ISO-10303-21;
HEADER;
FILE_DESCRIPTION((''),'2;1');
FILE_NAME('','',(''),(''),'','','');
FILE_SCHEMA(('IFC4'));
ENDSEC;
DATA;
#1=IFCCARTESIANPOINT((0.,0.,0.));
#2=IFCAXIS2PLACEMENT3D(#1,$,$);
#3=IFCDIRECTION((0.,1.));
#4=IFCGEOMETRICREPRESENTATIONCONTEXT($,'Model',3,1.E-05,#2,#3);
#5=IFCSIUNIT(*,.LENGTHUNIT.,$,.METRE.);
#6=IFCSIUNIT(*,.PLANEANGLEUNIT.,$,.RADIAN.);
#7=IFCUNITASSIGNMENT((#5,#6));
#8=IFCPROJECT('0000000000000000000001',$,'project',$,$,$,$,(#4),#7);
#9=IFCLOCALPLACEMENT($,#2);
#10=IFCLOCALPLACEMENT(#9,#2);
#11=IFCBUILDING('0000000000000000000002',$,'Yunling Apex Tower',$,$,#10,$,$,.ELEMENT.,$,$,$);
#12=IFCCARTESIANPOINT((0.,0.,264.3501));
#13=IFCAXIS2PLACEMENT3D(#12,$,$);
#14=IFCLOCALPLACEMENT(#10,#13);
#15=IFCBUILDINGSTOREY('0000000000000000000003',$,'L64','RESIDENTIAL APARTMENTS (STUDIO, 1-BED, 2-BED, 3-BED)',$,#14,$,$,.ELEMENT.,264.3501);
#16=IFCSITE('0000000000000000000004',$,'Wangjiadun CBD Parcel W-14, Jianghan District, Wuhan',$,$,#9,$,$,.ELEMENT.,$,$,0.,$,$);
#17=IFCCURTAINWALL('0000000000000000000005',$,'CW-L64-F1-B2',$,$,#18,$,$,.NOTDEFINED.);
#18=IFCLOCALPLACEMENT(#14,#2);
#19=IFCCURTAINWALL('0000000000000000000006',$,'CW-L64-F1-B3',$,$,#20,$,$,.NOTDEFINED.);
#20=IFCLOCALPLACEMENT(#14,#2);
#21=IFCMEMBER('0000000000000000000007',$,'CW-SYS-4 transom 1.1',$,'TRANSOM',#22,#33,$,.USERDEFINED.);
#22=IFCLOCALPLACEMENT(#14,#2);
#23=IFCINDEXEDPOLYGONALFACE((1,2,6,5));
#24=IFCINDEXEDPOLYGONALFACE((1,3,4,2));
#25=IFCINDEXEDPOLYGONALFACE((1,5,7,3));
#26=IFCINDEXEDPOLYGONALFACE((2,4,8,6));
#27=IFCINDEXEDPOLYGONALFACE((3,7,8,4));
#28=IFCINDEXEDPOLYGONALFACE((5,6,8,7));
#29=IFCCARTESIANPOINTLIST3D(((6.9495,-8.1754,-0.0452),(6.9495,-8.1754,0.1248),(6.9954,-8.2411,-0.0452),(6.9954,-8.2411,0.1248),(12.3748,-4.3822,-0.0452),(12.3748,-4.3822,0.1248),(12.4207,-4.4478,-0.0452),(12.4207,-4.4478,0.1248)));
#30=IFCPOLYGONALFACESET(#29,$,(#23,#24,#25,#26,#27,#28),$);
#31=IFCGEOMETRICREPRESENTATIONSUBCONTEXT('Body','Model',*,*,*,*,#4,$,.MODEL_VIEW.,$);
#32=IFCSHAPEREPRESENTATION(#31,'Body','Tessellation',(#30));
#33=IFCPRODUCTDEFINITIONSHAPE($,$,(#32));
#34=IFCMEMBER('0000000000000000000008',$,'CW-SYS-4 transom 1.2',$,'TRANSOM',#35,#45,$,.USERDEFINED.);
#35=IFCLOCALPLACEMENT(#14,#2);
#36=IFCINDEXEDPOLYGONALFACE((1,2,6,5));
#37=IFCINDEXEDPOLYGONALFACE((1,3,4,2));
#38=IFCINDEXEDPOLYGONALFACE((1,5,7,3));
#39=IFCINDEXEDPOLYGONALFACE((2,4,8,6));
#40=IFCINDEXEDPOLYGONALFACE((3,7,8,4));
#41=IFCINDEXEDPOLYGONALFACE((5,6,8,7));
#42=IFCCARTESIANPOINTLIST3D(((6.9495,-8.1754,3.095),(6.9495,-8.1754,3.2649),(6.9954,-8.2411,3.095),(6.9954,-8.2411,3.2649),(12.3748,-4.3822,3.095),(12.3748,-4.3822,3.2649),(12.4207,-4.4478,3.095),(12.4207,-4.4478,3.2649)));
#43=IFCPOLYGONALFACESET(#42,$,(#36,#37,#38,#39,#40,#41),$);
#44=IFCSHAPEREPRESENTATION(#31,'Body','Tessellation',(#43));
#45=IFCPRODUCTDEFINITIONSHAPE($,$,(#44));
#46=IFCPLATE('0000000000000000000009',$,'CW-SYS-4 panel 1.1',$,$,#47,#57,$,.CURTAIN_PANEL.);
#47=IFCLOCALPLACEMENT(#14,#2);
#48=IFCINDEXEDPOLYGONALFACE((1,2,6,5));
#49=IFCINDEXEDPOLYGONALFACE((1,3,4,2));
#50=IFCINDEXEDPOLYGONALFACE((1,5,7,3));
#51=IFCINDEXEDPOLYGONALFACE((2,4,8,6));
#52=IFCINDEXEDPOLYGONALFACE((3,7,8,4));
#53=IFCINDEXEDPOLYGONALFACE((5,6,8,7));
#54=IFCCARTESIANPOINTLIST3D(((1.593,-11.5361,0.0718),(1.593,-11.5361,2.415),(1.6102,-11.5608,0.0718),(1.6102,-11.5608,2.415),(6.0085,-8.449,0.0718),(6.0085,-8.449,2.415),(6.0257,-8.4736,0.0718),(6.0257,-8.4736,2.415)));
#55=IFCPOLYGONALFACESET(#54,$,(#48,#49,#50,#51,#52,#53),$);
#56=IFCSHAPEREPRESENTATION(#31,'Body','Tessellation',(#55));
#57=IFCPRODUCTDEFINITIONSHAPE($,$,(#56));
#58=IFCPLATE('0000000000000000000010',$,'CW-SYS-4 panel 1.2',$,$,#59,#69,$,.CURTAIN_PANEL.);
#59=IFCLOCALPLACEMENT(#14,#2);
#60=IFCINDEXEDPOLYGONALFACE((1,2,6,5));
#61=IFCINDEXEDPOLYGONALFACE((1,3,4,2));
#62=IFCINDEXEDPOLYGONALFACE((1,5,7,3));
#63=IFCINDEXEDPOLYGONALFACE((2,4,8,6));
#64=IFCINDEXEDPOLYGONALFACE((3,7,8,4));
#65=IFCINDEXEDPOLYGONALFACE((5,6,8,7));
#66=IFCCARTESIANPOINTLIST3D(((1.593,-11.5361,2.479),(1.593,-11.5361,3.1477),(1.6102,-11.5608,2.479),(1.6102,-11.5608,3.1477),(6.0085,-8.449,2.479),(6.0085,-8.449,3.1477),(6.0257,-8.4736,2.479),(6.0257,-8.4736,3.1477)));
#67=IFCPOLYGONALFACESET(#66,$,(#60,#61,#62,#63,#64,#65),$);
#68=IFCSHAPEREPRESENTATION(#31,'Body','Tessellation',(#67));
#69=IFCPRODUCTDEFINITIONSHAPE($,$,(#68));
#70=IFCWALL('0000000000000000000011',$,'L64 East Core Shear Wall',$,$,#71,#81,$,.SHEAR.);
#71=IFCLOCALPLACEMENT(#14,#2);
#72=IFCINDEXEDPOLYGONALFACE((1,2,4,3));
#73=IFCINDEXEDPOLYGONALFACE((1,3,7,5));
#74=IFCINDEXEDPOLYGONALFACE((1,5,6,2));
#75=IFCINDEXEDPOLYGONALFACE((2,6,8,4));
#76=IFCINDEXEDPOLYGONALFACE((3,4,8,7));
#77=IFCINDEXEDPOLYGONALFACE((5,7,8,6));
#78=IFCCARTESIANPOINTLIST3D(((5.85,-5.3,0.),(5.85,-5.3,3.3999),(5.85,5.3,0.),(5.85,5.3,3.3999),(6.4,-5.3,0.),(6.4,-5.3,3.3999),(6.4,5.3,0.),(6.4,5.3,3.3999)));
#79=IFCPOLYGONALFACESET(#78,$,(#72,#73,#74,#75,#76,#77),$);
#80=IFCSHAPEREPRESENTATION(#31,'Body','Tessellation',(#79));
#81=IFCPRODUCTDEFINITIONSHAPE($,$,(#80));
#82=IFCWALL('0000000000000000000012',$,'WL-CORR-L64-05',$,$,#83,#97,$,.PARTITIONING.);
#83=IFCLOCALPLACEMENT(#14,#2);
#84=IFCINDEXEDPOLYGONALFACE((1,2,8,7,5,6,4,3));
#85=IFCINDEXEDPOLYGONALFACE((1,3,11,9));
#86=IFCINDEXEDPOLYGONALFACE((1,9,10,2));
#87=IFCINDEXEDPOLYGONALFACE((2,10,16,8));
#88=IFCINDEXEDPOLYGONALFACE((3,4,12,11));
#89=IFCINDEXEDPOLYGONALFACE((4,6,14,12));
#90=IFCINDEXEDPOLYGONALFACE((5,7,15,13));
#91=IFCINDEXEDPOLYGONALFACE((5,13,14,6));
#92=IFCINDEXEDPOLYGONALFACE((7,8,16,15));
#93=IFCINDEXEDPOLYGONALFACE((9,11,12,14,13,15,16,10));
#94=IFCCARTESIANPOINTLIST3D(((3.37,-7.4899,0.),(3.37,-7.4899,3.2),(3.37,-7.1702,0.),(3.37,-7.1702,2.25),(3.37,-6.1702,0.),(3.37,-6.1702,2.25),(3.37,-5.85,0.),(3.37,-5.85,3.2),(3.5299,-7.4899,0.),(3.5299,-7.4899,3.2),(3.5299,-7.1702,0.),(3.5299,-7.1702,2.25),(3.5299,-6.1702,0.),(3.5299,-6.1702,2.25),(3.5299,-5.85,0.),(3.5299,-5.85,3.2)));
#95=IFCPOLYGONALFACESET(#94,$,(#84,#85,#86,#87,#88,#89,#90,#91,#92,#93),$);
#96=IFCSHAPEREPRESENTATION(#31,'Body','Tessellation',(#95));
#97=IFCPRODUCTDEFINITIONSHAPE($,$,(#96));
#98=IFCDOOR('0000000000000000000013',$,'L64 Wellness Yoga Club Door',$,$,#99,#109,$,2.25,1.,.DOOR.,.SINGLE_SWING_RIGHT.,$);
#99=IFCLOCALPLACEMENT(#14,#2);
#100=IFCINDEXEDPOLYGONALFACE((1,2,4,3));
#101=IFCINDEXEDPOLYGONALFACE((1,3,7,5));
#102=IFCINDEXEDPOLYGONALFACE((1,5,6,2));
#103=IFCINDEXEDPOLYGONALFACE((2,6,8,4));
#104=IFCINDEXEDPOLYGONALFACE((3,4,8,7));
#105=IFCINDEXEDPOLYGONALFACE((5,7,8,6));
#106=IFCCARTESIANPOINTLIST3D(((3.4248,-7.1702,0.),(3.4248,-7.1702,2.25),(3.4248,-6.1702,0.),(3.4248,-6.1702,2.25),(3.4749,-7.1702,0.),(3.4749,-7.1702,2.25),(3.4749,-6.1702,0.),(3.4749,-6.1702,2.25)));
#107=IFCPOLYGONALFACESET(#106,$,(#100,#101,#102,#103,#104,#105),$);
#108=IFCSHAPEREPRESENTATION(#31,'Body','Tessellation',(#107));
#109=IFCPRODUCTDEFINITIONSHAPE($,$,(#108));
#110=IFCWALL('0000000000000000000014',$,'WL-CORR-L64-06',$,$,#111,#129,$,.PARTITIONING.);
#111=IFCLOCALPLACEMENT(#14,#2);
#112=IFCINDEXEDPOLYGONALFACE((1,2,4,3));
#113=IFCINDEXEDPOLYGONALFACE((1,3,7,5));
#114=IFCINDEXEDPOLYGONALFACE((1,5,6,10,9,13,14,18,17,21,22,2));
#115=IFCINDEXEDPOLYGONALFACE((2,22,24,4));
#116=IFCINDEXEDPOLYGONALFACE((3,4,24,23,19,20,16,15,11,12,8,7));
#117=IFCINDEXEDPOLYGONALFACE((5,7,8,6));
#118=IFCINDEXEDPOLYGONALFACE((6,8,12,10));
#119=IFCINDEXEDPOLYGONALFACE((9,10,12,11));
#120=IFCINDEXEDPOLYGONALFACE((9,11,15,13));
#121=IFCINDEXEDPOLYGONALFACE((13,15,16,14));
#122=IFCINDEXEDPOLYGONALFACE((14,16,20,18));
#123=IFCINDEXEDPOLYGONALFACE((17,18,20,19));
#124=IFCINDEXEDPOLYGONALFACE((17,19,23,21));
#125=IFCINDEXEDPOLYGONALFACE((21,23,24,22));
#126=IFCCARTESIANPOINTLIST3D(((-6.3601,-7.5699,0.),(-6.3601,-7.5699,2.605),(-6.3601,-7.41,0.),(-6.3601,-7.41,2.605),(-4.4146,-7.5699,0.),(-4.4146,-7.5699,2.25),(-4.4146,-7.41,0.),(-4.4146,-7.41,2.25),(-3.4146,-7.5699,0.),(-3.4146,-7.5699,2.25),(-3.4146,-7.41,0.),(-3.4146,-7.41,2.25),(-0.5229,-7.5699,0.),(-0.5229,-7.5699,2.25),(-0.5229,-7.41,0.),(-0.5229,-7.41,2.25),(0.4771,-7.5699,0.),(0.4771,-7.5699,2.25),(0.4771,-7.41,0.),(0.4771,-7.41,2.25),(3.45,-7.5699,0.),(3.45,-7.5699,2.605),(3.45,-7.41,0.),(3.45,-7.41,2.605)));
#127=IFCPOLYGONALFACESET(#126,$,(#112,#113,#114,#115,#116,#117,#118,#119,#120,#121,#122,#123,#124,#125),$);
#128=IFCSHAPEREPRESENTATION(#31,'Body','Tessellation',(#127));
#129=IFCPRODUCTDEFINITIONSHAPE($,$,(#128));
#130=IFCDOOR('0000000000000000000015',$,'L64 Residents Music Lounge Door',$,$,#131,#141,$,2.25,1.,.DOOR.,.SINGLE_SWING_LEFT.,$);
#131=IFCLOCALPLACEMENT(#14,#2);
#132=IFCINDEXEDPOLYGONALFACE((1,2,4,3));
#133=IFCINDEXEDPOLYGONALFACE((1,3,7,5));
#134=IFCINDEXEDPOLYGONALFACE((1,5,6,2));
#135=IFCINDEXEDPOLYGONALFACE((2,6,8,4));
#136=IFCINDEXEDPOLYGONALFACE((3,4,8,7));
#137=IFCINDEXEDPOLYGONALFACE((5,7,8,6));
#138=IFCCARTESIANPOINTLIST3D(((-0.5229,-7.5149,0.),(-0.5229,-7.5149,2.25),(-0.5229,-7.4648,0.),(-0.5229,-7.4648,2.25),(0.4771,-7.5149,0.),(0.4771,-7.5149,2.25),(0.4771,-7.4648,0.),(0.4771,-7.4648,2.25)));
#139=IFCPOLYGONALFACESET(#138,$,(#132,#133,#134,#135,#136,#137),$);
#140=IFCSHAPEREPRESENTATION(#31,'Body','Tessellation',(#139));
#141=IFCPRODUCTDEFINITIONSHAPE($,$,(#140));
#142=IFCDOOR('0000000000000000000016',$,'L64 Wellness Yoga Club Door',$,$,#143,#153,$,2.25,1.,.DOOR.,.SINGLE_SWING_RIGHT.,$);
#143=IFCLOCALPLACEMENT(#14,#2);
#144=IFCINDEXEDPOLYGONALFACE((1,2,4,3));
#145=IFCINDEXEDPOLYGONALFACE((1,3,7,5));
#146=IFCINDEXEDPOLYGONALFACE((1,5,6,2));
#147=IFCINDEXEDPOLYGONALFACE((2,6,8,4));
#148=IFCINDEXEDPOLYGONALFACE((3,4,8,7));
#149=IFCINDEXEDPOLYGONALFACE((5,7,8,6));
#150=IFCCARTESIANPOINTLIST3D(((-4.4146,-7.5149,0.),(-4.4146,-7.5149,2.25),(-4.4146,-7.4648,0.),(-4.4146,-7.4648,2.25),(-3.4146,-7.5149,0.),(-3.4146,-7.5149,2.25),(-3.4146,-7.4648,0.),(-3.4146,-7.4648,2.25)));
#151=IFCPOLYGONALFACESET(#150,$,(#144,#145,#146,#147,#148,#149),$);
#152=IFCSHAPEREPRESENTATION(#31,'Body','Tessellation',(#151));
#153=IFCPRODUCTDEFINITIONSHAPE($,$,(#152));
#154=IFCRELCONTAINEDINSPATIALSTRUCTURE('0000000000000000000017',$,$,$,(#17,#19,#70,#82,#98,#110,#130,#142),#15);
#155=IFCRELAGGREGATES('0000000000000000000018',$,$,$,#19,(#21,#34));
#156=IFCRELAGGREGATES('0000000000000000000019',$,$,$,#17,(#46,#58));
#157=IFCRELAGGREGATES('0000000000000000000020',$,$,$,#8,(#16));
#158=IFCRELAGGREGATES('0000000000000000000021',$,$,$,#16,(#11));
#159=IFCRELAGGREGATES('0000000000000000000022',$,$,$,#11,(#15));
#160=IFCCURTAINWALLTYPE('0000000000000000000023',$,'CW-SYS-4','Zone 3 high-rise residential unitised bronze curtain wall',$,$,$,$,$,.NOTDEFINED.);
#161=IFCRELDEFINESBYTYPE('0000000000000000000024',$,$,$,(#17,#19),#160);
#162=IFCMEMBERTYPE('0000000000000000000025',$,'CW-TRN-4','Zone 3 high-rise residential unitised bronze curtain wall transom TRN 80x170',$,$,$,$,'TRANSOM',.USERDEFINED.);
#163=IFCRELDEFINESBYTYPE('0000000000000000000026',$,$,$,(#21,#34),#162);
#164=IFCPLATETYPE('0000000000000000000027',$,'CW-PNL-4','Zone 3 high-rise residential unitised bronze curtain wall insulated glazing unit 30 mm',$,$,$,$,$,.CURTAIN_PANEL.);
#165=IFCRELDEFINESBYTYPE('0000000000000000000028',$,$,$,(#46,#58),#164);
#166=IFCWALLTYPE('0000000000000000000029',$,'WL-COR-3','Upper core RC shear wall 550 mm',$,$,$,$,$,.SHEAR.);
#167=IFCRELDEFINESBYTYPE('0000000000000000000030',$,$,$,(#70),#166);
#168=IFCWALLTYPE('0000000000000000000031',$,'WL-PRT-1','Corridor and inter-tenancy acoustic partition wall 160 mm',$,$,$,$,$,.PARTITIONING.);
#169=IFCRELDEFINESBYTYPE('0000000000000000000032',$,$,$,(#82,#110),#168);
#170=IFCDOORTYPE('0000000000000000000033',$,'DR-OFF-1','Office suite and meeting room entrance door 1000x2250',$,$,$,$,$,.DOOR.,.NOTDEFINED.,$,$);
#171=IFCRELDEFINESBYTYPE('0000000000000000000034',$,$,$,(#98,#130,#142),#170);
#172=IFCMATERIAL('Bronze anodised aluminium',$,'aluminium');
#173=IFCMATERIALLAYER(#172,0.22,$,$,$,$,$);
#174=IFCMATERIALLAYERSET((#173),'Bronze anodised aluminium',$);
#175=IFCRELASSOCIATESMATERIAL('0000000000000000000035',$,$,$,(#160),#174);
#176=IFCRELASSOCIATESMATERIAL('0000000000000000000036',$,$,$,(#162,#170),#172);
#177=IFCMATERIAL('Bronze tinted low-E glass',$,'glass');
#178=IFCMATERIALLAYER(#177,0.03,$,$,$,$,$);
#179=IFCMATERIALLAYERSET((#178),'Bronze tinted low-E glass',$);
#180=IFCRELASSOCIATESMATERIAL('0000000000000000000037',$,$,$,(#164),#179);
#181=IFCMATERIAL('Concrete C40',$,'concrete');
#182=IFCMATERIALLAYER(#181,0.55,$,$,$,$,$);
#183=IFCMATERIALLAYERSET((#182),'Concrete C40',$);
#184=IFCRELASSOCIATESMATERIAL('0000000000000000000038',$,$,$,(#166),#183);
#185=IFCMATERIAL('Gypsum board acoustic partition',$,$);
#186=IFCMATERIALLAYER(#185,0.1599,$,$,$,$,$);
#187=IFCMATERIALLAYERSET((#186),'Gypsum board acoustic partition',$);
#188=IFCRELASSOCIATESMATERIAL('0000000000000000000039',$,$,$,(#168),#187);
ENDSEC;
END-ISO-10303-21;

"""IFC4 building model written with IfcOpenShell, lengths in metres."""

from ifc_helpers import new_model, si_unit, direction, frame, frame_2d, origin, origin_2d, place, context, subcontext, project, spatial, rectangle, extrude, source, transform, mapped, material, layer, layer_set, material_profile, profile_set, type_object, element, fill, aggregate, save


model = new_model("IFC4")

# Units and contexts
model_context = context("Model", 3, precision=1e-05, world=origin(), true_north=direction((0.0, 1.0)))
body_context = subcontext(model_context, "Body", "Model", "MODEL_VIEW")
ifc_project = project(units=[si_unit("LENGTHUNIT", "METRE"), si_unit("PLANEANGLEUNIT", "RADIAN")], contexts=[model_context])

# Site, building, storey
site_placement = place(None, origin())
site = spatial("IfcSite", under=ifc_project, at=site_placement, Name="Wangjiadun CBD Parcel W-14, Jianghan District, Wuhan", CompositionType="ELEMENT", RefElevation=0.0)
building_placement = place(site_placement, origin())
building = spatial("IfcBuilding", under=site, at=building_placement, Name="Yunling Apex Tower", CompositionType="ELEMENT")
storey_placement = place(building_placement, frame((0.0, 0.0, 264.3501)))
storey = spatial("IfcBuildingStorey", under=building, at=storey_placement, Name="L64", Description="RESIDENTIAL APARTMENTS (STUDIO, 1-BED, 2-BED, 3-BED)", CompositionType="ELEMENT", Elevation=264.3501)

# Curtain wall
ifc_material_1 = material(Name="Bronze anodised aluminium", Category="aluminium")
ifc_layer_1 = layer(ifc_material_1, 0.22)
ifc_layer_set_1 = layer_set([ifc_layer_1], Name="Bronze anodised aluminium")
curtain_wall_type = type_object("IfcCurtainWallType", Name="CW-SYS-4", Description="Zone 3 high-rise residential unitised bronze curtain wall", PredefinedType="NOTDEFINED", material=ifc_layer_set_1)
curtain_wall_1_placement = place(storey_placement, origin())
curtain_wall_1 = element("IfcCurtainWall", 1, at=curtain_wall_1_placement, inside=storey, type_object=curtain_wall_type, Name="CW-L64-F1-B2", PredefinedType="NOTDEFINED")

# Curtain wall, members
curtain_wall_2_placement = place(storey_placement, origin())
curtain_wall_2 = element("IfcCurtainWall", 2, at=curtain_wall_2_placement, inside=storey, type_object=curtain_wall_type, Name="CW-L64-F1-B3", PredefinedType="NOTDEFINED")
ifc_material_profile_1 = material_profile(ifc_material_1, rectangle(XDim=0.0801, YDim=0.1699, at=origin_2d()))
ifc_profile_set_1 = profile_set([ifc_material_profile_1], Name="Bronze anodised aluminium")
member_type_1 = type_object("IfcMemberType", Name="CW-TRN-4", Description="Zone 3 high-rise residential unitised bronze curtain wall transom TRN 80x170", ElementType="TRANSOM", PredefinedType="USERDEFINED", material=ifc_profile_set_1)
shared_shape_1 = source(origin(), body_context, "Body", "SweptSolid", [
    extrude(rectangle(XDim=0.0801, YDim=0.1699, at=origin_2d()), origin(), (0.0, 0.0, 1.0), 6.6199),
])
member_1_placement = place(storey_placement, frame((6.9724, -8.2083, 0.0398), z_axis=(0.819551, 0.573007, 0.0), x_axis=(-0.573007, 0.819551, 0.0)))
member_1 = element("IfcMember", 3, at=member_1_placement, type_object=member_type_1, Name="CW-SYS-4 transom 1.1", ObjectType="TRANSOM", PredefinedType="USERDEFINED", context=body_context, shape_type="MappedRepresentation", body=[
    mapped(shared_shape_1, transform((0.0, 0.0, 0.0), scale=1.0)),
])
member_2_placement = place(storey_placement, frame((6.9724, -8.2083, 3.1799), z_axis=(0.819551, 0.573007, 0.0), x_axis=(-0.573007, 0.819551, 0.0)))
member_2 = element("IfcMember", 4, at=member_2_placement, type_object=member_type_1, Name="CW-SYS-4 transom 1.2", ObjectType="TRANSOM", PredefinedType="USERDEFINED", context=body_context, shape_type="MappedRepresentation", body=[
    mapped(shared_shape_1, transform((0.0, 0.0, 0.0), scale=1.0)),
])
aggregate(curtain_wall_2, [member_1, member_2])

# Plates
ifc_material_2 = material(Name="Bronze tinted low-E glass", Category="glass")
ifc_layer_2 = layer(ifc_material_2, 0.03)
ifc_layer_set_2 = layer_set([ifc_layer_2], Name="Bronze tinted low-E glass")
plate_type = type_object("IfcPlateType", Name="CW-PNL-4", Description="Zone 3 high-rise residential unitised bronze curtain wall insulated glazing unit 30 mm", PredefinedType="CURTAIN_PANEL", material=ifc_layer_set_2)
shared_shape_2 = source(origin(), body_context, "Body", "SweptSolid", [
    extrude(rectangle(XDim=5.3877, YDim=0.03, at=origin_2d()), origin(), (0.0, 0.0, 1.0), 2.3433),
])
plate_1_placement = place(storey_placement, frame((3.8093, -10.0049, 0.0718), z_axis=(0.0, 0.0, 1.0), x_axis=(0.819556, 0.572999, 0.0)))
plate_1 = element("IfcPlate", 5, at=plate_1_placement, type_object=plate_type, Name="CW-SYS-4 panel 1.1", PredefinedType="CURTAIN_PANEL", context=body_context, shape_type="MappedRepresentation", body=[
    mapped(shared_shape_2, transform((0.0, 0.0, 0.0), scale=1.0)),
])
shared_shape_3 = source(origin(), body_context, "Body", "SweptSolid", [
    extrude(rectangle(XDim=5.3877, YDim=0.03, at=origin_2d()), origin(), (0.0, 0.0, 1.0), 0.6687),
])
plate_2_placement = place(storey_placement, frame((3.8093, -10.0049, 2.479), z_axis=(0.0, 0.0, 1.0), x_axis=(0.819556, 0.572999, 0.0)))
plate_2 = element("IfcPlate", 6, at=plate_2_placement, type_object=plate_type, Name="CW-SYS-4 panel 1.2", PredefinedType="CURTAIN_PANEL", context=body_context, shape_type="MappedRepresentation", body=[
    mapped(shared_shape_3, transform((0.0, 0.0, 0.0), scale=1.0)),
])
aggregate(curtain_wall_1, [plate_1, plate_2])

# Wall
ifc_material_3 = material(Name="Concrete C40", Category="concrete")
ifc_layer_3 = layer(ifc_material_3, 0.55)
ifc_layer_set_3 = layer_set([ifc_layer_3], Name="Concrete C40")
wall_type_1 = type_object("IfcWallType", Name="WL-COR-3", Description="Upper core RC shear wall 550 mm", PredefinedType="SHEAR", material=ifc_layer_set_3)
wall_1_placement = place(storey_placement, frame((6.125, -5.3, 0.0), z_axis=(0.0, 0.0, 1.0), x_axis=(0.0, 1.0, 0.0)))
element("IfcWall", 7, at=wall_1_placement, inside=storey, type_object=wall_type_1, Name="L64 East Core Shear Wall", PredefinedType="SHEAR", context=body_context, shape_type="SweptSolid", body=[
    extrude(rectangle(XDim=10.6001, YDim=0.55, at=frame_2d((5.3, 0.0))), origin(), (0.0, 0.0, 1.0), 3.3999),
])

# Wall, opening, door
ifc_material_4 = material(Name="Gypsum board acoustic partition")
ifc_layer_4 = layer(ifc_material_4, 0.1599)
ifc_layer_set_4 = layer_set([ifc_layer_4], Name="Gypsum board acoustic partition")
wall_type_2 = type_object("IfcWallType", Name="WL-PRT-1", Description="Corridor and inter-tenancy acoustic partition wall 160 mm", PredefinedType="PARTITIONING", material=ifc_layer_set_4)
wall_2_placement = place(storey_placement, frame((3.45, -5.8501, 0.0), z_axis=(0.0, 0.0, 1.0), x_axis=(0.0, -1.0, 0.0)))
wall_2 = element("IfcWall", 8, at=wall_2_placement, inside=storey, type_object=wall_type_2, Name="WL-CORR-L64-05", PredefinedType="PARTITIONING", context=body_context, shape_type="SweptSolid", body=[
    extrude(rectangle(XDim=1.6399, YDim=0.1599, at=frame_2d((0.8198, 0.0))), origin(), (0.0, 0.0, 1.0), 3.2),
])
opening_1_placement = place(wall_2_placement, frame((0.3201, 0.0, 0.0)))
opening_1 = element("IfcOpeningElement", 9, at=opening_1_placement, cuts=wall_2, PredefinedType="OPENING", context=body_context, shape_type="SweptSolid", body=[
    extrude(rectangle(XDim=1.0, YDim=2.25, at=frame_2d((0.5, 1.125))), frame((0.0, 0.0898, 0.0), z_axis=(0.0, -1.0, 0.0), x_axis=(1.0, 0.0, 0.0)), (0.0, 0.0, 1.0), 0.1799),
])
door_type_1 = type_object("IfcDoorType", Name="DR-OFF-1", Description="Office suite and meeting room entrance door 1000x2250", OperationType="NOTDEFINED", PredefinedType="DOOR", material=ifc_material_1)
door_1_placement = place(opening_1_placement, origin())
door_1 = element("IfcDoor", 10, at=door_1_placement, inside=storey, type_object=door_type_1, Name="L64 Wellness Yoga Club Door", OperationType="SINGLE_SWING_RIGHT", OverallHeight=2.25, OverallWidth=1.0, PredefinedType="DOOR", context=body_context, shape_type="SweptSolid", body=[
    extrude(rectangle(XDim=1.0, YDim=2.25, at=frame_2d((0.5, 1.125))), frame((0.0, 0.0249, 0.0), z_axis=(0.0, -1.0, 0.0), x_axis=(1.0, 0.0, 0.0)), (0.0, 0.0, 1.0), 0.05),
])
fill(opening_1, door_1)

# Wall, openings, doors
wall_3_placement = place(storey_placement, frame((3.45, -7.49, 0.0), z_axis=(0.0, 0.0, 1.0), x_axis=(-1.0, 0.0, 0.0)))
wall_3 = element("IfcWall", 11, at=wall_3_placement, inside=storey, type_object=wall_type_2, Name="WL-CORR-L64-06", PredefinedType="PARTITIONING", context=body_context, shape_type="SweptSolid", body=[
    extrude(rectangle(XDim=9.8101, YDim=0.1599, at=frame_2d((4.905, 0.0))), origin(), (0.0, 0.0, 1.0), 2.605),
])
opening_2_placement = place(wall_3_placement, frame((2.9729, 0.0, 0.0)))
opening_2 = element("IfcOpeningElement", 12, at=opening_2_placement, cuts=wall_3, PredefinedType="OPENING", context=body_context, shape_type="SweptSolid", body=[
    extrude(rectangle(XDim=1.0, YDim=2.25, at=frame_2d((0.5, 1.125))), frame((0.0, 0.0898, 0.0), z_axis=(0.0, -1.0, 0.0), x_axis=(1.0, 0.0, 0.0)), (0.0, 0.0, 1.0), 0.1799),
])
opening_3_placement = place(wall_3_placement, frame((6.8645, 0.0, 0.0)))
opening_3 = element("IfcOpeningElement", 13, at=opening_3_placement, cuts=wall_3, PredefinedType="OPENING", context=body_context, shape_type="SweptSolid", body=[
    extrude(rectangle(XDim=1.0, YDim=2.25, at=frame_2d((0.5, 1.125))), frame((0.0, 0.0898, 0.0), z_axis=(0.0, -1.0, 0.0), x_axis=(1.0, 0.0, 0.0)), (0.0, 0.0, 1.0), 0.1799),
])
door_2_placement = place(opening_2_placement, origin())
door_2 = element("IfcDoor", 14, at=door_2_placement, inside=storey, type_object=door_type_1, Name="L64 Residents Music Lounge Door", OperationType="SINGLE_SWING_LEFT", OverallHeight=2.25, OverallWidth=1.0, PredefinedType="DOOR", context=body_context, shape_type="SweptSolid", body=[
    extrude(rectangle(XDim=1.0, YDim=2.25, at=frame_2d((0.5, 1.125))), frame((0.0, 0.0249, 0.0), z_axis=(0.0, -1.0, 0.0), x_axis=(1.0, 0.0, 0.0)), (0.0, 0.0, 1.0), 0.05),
])
fill(opening_2, door_2)
door_3_placement = place(opening_3_placement, origin())
door_3 = element("IfcDoor", 15, at=door_3_placement, inside=storey, type_object=door_type_1, Name="L64 Wellness Yoga Club Door", OperationType="SINGLE_SWING_RIGHT", OverallHeight=2.25, OverallWidth=1.0, PredefinedType="DOOR", context=body_context, shape_type="SweptSolid", body=[
    extrude(rectangle(XDim=1.0, YDim=2.25, at=frame_2d((0.5, 1.125))), frame((0.0, 0.0249, 0.0), z_axis=(0.0, -1.0, 0.0), x_axis=(1.0, 0.0, 0.0)), (0.0, 0.0, 1.0), 0.05),
])
fill(opening_3, door_3)

save(model, "model.ifc")
